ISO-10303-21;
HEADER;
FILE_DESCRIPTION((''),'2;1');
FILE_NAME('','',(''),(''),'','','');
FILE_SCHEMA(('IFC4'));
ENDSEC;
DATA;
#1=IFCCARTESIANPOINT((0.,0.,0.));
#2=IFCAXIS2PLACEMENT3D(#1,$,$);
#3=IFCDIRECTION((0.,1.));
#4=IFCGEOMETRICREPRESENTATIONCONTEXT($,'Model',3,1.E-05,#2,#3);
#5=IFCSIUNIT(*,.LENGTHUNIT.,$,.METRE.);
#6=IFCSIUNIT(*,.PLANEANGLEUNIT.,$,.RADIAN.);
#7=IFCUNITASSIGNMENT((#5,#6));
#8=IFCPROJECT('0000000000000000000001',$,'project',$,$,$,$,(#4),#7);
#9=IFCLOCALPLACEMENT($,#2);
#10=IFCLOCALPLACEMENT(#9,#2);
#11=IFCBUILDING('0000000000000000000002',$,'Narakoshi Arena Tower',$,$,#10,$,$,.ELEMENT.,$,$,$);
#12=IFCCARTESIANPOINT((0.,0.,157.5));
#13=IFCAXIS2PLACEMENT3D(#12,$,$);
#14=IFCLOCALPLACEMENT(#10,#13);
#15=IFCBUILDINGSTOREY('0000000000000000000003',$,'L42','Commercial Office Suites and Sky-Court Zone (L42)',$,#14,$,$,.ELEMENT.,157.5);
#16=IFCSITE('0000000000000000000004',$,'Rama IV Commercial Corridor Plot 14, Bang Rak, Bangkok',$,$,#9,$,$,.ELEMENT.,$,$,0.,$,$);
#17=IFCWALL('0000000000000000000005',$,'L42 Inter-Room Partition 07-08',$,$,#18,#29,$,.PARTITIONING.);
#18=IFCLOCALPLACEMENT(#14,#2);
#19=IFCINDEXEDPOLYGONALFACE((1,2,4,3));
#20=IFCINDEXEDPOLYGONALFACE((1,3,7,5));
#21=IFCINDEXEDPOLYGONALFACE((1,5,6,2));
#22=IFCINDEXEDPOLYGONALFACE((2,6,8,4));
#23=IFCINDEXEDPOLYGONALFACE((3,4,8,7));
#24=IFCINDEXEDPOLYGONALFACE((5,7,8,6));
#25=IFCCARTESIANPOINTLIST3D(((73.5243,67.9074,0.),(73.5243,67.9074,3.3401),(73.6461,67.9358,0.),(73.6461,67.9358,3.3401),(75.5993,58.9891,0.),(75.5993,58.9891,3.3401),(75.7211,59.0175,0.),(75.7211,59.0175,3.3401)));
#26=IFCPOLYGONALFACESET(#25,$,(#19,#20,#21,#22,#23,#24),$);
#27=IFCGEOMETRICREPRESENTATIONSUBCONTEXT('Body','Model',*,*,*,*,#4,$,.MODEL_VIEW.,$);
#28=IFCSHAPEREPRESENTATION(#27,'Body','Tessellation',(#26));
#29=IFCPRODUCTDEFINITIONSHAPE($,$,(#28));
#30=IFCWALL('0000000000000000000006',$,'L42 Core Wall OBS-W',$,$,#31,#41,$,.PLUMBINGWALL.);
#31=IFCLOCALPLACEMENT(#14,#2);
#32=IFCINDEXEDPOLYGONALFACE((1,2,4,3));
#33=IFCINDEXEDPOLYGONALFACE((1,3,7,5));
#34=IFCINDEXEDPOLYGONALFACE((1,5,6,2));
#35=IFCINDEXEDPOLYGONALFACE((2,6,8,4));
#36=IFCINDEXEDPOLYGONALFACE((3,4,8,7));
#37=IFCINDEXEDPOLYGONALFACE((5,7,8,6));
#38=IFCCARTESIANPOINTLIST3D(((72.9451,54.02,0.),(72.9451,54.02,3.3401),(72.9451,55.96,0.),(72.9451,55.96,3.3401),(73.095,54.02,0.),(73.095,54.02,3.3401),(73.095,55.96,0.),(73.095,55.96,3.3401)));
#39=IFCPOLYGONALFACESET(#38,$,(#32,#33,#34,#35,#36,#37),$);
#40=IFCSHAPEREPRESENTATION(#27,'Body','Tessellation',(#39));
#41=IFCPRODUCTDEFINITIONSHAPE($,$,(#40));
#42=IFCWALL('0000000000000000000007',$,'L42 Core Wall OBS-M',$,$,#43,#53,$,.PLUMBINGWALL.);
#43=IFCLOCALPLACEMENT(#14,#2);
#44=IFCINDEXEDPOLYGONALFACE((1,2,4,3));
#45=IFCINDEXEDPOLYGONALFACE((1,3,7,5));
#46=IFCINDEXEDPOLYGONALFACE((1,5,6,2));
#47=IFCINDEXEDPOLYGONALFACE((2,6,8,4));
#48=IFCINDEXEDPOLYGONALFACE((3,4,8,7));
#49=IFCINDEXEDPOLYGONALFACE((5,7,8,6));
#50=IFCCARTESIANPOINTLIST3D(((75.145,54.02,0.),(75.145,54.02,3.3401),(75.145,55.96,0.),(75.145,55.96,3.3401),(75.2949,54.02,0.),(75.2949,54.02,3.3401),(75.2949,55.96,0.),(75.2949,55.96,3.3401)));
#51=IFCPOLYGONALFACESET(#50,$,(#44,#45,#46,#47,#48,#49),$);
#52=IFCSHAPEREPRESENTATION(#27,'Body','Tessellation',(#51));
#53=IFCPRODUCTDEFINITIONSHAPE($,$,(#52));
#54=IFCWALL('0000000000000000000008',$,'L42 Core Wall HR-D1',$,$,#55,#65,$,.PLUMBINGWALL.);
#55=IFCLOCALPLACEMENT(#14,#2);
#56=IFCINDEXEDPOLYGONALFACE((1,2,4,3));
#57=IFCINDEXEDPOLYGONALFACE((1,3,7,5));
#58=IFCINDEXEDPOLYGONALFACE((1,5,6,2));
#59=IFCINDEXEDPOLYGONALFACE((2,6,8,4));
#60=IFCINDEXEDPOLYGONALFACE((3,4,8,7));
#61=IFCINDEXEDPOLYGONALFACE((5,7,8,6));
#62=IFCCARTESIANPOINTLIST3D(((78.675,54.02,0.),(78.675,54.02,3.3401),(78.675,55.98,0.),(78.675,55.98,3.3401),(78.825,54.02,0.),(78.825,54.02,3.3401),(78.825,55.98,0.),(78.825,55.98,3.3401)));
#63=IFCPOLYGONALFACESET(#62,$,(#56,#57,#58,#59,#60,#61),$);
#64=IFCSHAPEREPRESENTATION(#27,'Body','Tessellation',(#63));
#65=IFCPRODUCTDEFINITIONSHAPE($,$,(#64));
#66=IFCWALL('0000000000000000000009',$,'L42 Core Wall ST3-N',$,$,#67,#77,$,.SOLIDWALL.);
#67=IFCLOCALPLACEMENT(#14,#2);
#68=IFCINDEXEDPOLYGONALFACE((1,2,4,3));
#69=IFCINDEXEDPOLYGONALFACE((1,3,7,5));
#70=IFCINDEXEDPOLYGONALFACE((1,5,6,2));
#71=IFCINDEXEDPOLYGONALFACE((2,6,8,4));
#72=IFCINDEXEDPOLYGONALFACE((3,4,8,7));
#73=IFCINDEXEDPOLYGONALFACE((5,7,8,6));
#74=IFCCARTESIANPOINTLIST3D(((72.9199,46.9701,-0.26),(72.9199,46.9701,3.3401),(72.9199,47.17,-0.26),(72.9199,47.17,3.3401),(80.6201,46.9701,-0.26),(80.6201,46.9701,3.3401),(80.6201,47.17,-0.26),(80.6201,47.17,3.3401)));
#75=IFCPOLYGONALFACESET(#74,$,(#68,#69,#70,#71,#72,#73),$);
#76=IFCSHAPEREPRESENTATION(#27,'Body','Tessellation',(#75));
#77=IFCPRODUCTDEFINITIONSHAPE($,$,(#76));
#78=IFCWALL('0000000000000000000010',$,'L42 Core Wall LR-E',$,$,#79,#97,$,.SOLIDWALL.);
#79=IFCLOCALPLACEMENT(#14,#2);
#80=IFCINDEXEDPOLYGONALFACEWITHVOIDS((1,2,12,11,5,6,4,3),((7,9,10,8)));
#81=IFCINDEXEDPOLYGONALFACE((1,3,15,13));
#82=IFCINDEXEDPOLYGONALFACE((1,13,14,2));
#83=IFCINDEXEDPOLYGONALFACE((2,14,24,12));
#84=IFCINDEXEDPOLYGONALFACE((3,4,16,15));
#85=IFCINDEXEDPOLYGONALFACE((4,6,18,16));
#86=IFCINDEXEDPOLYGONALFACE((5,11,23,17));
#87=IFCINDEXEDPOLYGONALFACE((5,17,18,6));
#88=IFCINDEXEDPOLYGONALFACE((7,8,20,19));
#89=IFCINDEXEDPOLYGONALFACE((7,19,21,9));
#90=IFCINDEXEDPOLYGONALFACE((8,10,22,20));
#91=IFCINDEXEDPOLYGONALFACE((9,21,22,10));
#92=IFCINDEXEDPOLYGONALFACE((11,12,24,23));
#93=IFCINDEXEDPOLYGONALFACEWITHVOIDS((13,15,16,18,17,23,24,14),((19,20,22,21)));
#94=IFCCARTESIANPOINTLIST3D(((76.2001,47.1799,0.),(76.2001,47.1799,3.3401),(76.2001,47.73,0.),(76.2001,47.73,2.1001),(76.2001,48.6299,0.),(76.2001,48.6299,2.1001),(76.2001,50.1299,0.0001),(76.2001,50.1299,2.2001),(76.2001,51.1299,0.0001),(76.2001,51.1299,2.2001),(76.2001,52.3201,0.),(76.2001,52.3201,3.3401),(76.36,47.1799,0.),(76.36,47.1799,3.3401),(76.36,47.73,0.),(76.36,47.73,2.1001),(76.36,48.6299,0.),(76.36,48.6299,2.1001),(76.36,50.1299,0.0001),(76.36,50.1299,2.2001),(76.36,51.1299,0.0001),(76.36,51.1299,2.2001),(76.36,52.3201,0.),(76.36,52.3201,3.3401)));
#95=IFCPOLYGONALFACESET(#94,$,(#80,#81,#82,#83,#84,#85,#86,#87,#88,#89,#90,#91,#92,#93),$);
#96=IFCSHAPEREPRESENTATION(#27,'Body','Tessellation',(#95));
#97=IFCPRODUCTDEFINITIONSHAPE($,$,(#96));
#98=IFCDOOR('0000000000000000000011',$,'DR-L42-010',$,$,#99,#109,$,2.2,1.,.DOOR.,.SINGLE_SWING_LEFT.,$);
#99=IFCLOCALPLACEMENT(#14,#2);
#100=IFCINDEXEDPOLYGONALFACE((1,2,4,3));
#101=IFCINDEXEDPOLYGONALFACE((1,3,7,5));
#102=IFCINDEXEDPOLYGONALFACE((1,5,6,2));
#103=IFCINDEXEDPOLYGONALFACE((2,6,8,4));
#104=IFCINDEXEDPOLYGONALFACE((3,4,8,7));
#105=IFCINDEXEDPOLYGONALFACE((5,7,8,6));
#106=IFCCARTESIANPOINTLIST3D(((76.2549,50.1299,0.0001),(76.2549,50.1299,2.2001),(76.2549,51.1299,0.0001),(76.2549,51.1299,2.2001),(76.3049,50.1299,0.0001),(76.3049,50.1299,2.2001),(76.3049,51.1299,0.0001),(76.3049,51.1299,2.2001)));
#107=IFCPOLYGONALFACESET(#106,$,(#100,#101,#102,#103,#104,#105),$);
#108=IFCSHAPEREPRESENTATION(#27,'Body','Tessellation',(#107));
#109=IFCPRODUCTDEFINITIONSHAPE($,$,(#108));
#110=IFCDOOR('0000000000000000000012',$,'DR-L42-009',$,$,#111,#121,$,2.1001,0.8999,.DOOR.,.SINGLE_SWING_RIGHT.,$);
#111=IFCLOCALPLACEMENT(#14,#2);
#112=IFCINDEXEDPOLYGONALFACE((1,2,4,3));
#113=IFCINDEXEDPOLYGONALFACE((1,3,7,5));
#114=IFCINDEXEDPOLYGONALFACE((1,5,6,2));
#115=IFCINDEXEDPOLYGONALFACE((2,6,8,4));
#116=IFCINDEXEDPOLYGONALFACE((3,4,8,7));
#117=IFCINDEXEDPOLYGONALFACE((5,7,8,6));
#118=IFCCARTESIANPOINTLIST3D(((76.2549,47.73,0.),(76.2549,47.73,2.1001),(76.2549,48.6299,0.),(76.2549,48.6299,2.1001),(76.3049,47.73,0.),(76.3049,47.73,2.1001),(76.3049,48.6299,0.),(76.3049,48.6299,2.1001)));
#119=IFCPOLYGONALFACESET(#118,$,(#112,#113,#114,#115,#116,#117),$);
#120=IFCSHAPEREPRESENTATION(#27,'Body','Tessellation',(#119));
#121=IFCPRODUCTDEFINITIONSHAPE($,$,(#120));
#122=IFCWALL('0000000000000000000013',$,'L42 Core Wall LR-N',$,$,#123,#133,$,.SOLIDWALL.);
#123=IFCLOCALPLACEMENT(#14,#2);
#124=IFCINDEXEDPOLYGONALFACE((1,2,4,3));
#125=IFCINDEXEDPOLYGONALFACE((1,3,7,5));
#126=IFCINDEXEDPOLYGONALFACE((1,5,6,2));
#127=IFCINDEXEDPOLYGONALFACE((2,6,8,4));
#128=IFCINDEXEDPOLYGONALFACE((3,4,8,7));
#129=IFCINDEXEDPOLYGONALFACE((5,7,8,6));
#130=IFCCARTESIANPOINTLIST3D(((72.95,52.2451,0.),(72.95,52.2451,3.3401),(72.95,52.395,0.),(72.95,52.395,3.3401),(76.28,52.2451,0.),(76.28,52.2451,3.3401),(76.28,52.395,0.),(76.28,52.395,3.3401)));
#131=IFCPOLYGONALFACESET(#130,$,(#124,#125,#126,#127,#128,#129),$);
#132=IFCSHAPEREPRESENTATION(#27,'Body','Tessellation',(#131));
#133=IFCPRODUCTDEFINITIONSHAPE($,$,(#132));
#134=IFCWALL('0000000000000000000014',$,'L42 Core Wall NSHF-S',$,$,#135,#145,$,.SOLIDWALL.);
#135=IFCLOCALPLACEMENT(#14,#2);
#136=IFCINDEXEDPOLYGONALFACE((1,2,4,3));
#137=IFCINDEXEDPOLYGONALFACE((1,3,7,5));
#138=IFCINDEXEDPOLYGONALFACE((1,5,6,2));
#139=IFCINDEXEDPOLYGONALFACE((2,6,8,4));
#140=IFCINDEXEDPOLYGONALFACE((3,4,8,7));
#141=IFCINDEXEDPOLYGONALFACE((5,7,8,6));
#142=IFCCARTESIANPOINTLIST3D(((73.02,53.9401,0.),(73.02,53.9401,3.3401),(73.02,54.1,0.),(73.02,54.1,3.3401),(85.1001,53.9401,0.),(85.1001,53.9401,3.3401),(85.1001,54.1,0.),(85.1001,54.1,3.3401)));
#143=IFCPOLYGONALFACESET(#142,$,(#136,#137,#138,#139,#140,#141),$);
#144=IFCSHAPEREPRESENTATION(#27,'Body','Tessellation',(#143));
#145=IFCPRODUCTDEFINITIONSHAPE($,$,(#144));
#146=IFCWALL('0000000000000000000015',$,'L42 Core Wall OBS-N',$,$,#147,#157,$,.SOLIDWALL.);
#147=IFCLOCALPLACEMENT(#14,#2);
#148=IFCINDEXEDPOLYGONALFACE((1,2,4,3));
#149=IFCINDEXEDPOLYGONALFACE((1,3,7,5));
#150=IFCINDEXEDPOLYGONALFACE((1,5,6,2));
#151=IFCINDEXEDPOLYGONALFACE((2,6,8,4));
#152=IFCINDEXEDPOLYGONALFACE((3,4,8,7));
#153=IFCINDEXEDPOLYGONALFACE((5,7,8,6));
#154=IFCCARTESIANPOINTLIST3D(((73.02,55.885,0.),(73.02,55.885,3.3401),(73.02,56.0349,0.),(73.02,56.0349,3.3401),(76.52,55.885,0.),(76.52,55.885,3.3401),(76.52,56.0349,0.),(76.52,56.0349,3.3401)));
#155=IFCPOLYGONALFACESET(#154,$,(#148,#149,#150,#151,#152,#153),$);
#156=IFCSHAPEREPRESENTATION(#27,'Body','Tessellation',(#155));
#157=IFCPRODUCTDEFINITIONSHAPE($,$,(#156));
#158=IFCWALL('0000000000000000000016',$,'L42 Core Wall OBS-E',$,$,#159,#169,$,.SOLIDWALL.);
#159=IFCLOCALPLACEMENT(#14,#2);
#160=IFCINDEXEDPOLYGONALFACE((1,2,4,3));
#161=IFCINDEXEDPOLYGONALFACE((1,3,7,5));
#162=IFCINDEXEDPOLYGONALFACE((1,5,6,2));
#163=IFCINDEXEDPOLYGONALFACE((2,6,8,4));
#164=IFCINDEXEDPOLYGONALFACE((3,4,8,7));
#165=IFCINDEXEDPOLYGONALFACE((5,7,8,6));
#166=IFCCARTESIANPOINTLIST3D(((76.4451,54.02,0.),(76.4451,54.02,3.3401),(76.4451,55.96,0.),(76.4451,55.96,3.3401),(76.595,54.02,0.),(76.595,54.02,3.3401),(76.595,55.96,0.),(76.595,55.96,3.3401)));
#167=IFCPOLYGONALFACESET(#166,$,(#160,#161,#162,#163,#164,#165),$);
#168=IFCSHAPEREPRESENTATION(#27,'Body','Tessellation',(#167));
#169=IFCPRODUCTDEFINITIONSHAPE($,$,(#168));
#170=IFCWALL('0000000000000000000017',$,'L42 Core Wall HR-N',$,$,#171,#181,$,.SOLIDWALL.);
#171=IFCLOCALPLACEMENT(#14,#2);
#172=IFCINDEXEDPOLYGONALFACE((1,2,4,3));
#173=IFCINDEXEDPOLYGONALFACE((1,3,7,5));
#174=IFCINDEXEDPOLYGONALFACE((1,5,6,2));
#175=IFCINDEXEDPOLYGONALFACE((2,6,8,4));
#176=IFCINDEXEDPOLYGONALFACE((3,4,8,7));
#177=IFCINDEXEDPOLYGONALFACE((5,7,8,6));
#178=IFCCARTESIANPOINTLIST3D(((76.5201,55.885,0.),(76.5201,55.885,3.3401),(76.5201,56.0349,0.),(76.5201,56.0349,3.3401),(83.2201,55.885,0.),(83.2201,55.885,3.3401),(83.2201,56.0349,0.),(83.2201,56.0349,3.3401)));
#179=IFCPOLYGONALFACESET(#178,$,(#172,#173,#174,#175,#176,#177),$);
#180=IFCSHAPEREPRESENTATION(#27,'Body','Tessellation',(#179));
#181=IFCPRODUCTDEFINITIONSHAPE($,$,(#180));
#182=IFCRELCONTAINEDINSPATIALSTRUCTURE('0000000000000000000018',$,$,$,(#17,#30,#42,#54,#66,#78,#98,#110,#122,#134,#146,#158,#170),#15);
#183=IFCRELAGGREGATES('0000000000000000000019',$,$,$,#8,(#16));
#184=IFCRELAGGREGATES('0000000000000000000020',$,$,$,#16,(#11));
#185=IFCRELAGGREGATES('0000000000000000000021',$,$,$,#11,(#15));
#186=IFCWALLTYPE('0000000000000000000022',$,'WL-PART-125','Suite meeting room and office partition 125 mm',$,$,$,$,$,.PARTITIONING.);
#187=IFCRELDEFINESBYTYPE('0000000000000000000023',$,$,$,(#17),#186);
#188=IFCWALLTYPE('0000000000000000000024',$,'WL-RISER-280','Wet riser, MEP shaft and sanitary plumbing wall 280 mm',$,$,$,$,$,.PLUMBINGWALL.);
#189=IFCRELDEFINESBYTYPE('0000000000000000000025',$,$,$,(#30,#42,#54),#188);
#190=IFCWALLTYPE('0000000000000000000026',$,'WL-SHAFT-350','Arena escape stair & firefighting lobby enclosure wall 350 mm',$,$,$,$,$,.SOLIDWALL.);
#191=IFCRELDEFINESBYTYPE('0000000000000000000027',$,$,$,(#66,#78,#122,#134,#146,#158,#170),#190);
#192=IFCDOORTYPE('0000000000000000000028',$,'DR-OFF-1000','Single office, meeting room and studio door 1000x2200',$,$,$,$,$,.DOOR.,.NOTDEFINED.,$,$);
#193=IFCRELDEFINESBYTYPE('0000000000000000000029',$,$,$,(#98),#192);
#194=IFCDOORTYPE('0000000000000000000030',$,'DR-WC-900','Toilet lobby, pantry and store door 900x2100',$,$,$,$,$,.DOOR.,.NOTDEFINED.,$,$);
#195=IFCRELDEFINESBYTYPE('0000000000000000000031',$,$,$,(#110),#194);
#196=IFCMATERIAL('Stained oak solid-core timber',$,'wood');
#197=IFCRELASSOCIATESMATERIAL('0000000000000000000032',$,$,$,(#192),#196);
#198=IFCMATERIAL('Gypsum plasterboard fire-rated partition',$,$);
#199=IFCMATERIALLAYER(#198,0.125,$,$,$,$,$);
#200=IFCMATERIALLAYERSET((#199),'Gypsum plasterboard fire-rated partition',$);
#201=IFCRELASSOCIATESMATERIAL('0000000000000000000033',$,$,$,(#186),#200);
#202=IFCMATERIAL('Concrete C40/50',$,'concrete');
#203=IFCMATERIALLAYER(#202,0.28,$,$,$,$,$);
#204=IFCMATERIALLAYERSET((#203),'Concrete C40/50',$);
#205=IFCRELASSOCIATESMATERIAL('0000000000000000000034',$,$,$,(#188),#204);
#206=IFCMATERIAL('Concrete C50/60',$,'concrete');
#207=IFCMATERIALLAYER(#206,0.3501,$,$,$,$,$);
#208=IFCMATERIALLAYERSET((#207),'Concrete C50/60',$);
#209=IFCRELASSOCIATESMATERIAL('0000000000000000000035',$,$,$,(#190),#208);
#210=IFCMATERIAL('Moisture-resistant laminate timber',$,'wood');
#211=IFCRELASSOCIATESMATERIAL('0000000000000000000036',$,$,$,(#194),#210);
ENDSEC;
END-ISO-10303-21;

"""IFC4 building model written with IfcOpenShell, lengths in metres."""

from ifc_helpers import new_model, si_unit, direction, frame, frame_2d, origin, place, context, subcontext, project, spatial, rectangle, extrude, material, layer, layer_set, type_object, element, fill, save


model = new_model("IFC4")

# Units and contexts
model_context = context("Model", 3, precision=1e-05, world=origin(), true_north=direction((0.0, 1.0)))
body_context = subcontext(model_context, "Body", "Model", "MODEL_VIEW")
ifc_project = project(units=[si_unit("LENGTHUNIT", "METRE"), si_unit("PLANEANGLEUNIT", "RADIAN")], contexts=[model_context])

# Site, building, storey
site_placement = place(None, origin())
site = spatial("IfcSite", under=ifc_project, at=site_placement, Name="Rama IV Commercial Corridor Plot 14, Bang Rak, Bangkok", CompositionType="ELEMENT", RefElevation=0.0)
building_placement = place(site_placement, origin())
building = spatial("IfcBuilding", under=site, at=building_placement, Name="Narakoshi Arena Tower", CompositionType="ELEMENT")
storey_placement = place(building_placement, frame((0.0, 0.0, 157.5)))
storey = spatial("IfcBuildingStorey", under=building, at=storey_placement, Name="L42", Description="Commercial Office Suites and Sky-Court Zone (L42)", CompositionType="ELEMENT", Elevation=157.5)

# Shared definitions
ifc_material_1 = material(Name="Gypsum plasterboard fire-rated partition")
ifc_material_2 = material(Name="Stained oak solid-core timber", Category="wood")
door_type_1 = type_object("IfcDoorType", Name="DR-OFF-1000", Description="Single office, meeting room and studio door 1000x2200", OperationType="NOTDEFINED", PredefinedType="DOOR", material=ifc_material_2)

# Walls
ifc_layer_1 = layer(ifc_material_1, 0.125)
ifc_layer_set_1 = layer_set([ifc_layer_1], Name="Gypsum plasterboard fire-rated partition")
wall_type_1 = type_object("IfcWallType", Name="WL-PART-125", Description="Suite meeting room and office partition 125 mm", PredefinedType="PARTITIONING", material=ifc_layer_set_1)
wall_1_placement = place(storey_placement, frame((75.6602, 59.0034, 0.0), z_axis=(0.0, 0.0, 1.0), x_axis=(-0.226612, 0.973985, 0.0)))
element("IfcWall", 1, at=wall_1_placement, inside=storey, type_object=wall_type_1, Name="L42 Inter-Room Partition 07-08", PredefinedType="PARTITIONING", context=body_context, shape_type="SweptSolid", body=[
    extrude(rectangle(XDim=9.1565, YDim=0.125, at=frame_2d((4.5781, 0.0))), origin(), (0.0, 0.0, 1.0), 3.3401),
])
ifc_material_3 = material(Name="Concrete C40/50", Category="concrete")
ifc_layer_2 = layer(ifc_material_3, 0.28)
ifc_layer_set_2 = layer_set([ifc_layer_2], Name="Concrete C40/50")
wall_type_2 = type_object("IfcWallType", Name="WL-RISER-280", Description="Wet riser, MEP shaft and sanitary plumbing wall 280 mm", PredefinedType="PLUMBINGWALL", material=ifc_layer_set_2)
for number, where, z_axis, x_axis, name in (
    (2, (73.02, 54.02, 0.0), (0.0, 0.0, 1.0), (0.0, 1.0, 0.0), "L42 Core Wall OBS-W"),
    (3, (75.22, 54.02, 0.0), (0.0, 0.0, 1.0), (0.0, 1.0, 0.0), "L42 Core Wall OBS-M"),
):
    element("IfcWall", number, at=place(storey_placement, frame(where, z_axis=z_axis, x_axis=x_axis)), inside=storey, type_object=wall_type_2, Name=name, PredefinedType="PLUMBINGWALL", context=body_context, shape_type="SweptSolid", body=[
        extrude(rectangle(XDim=1.9399, YDim=0.1499, at=frame_2d((0.97, 0.0))), origin(), (0.0, 0.0, 1.0), 3.3401),
    ])
wall_2_placement = place(storey_placement, frame((78.75, 54.02, 0.0), z_axis=(0.0, 0.0, 1.0), x_axis=(0.0, 1.0, 0.0)))
element("IfcWall", 4, at=wall_2_placement, inside=storey, type_object=wall_type_2, Name="L42 Core Wall HR-D1", PredefinedType="PLUMBINGWALL", context=body_context, shape_type="SweptSolid", body=[
    extrude(rectangle(XDim=1.96, YDim=0.1499, at=frame_2d((0.98, 0.0))), origin(), (0.0, 0.0, 1.0), 3.3401),
])
ifc_material_4 = material(Name="Concrete C50/60", Category="concrete")
ifc_layer_3 = layer(ifc_material_4, 0.3501)
ifc_layer_set_3 = layer_set([ifc_layer_3], Name="Concrete C50/60")
wall_type_3 = type_object("IfcWallType", Name="WL-SHAFT-350", Description="Arena escape stair & firefighting lobby enclosure wall 350 mm", PredefinedType="SOLIDWALL", material=ifc_layer_set_3)
wall_3_placement = place(storey_placement, frame((72.9199, 47.0701, -0.26), z_axis=(0.0, 0.0, 1.0), x_axis=(1.0, 0.0, 0.0)))
element("IfcWall", 5, at=wall_3_placement, inside=storey, type_object=wall_type_3, Name="L42 Core Wall ST3-N", PredefinedType="SOLIDWALL", context=body_context, shape_type="SweptSolid", body=[
    extrude(rectangle(XDim=7.7002, YDim=0.2, at=frame_2d((3.8501, 0.0))), origin(), (0.0, 0.0, 1.0), 3.6001),
])

# Wall, openings, doors
wall_4_placement = place(storey_placement, frame((76.28, 47.1799, 0.0), z_axis=(0.0, 0.0, 1.0), x_axis=(0.0, 1.0, 0.0)))
wall_4 = element("IfcWall", 6, at=wall_4_placement, inside=storey, type_object=wall_type_3, Name="L42 Core Wall LR-E", PredefinedType="SOLIDWALL", context=body_context, shape_type="SweptSolid", body=[
    extrude(rectangle(XDim=5.1401, YDim=0.1599, at=frame_2d((2.5701, 0.0))), origin(), (0.0, 0.0, 1.0), 3.3401),
])
opening_1_placement = place(wall_4_placement, frame((0.55, 0.0, 0.0)))
opening_1 = element("IfcOpeningElement", 7, at=opening_1_placement, cuts=wall_4, PredefinedType="OPENING", context=body_context, shape_type="SweptSolid", body=[
    extrude(rectangle(XDim=0.8999, YDim=2.1001, at=frame_2d((0.45, 1.05))), frame((0.0, 0.0898, 0.0), z_axis=(0.0, -1.0, 0.0), x_axis=(1.0, 0.0, 0.0)), (0.0, 0.0, 1.0), 0.1799),
])
opening_2_placement = place(wall_4_placement, frame((2.95, 0.0, 0.0)))
opening_2 = element("IfcOpeningElement", 8, at=opening_2_placement, cuts=wall_4, PredefinedType="OPENING", context=body_context, shape_type="SweptSolid", body=[
    extrude(rectangle(XDim=1.0, YDim=2.2, at=frame_2d((0.5, 1.1001))), frame((0.0, 0.0898, 0.0), z_axis=(0.0, -1.0, 0.0), x_axis=(1.0, 0.0, 0.0)), (0.0, 0.0, 1.0), 0.1799),
])
door_1_placement = place(opening_2_placement, frame((1.0, 0.0, 0.0), z_axis=(0.0, 0.0, 1.0), x_axis=(-1.0, 0.0, 0.0)))
door_1 = element("IfcDoor", 9, at=door_1_placement, inside=storey, type_object=door_type_1, Name="DR-L42-010", OperationType="SINGLE_SWING_LEFT", OverallHeight=2.2, OverallWidth=1.0, PredefinedType="DOOR", context=body_context, shape_type="SweptSolid", body=[
    extrude(rectangle(XDim=1.0, YDim=2.2, at=frame_2d((0.5, 1.1001))), frame((0.0, 0.0249, 0.0), z_axis=(0.0, -1.0, 0.0), x_axis=(1.0, 0.0, 0.0)), (0.0, 0.0, 1.0), 0.05),
])
fill(opening_2, door_1)
ifc_material_5 = material(Name="Moisture-resistant laminate timber", Category="wood")
door_type_2 = type_object("IfcDoorType", Name="DR-WC-900", Description="Toilet lobby, pantry and store door 900x2100", OperationType="NOTDEFINED", PredefinedType="DOOR", material=ifc_material_5)
door_2_placement = place(opening_1_placement, frame((0.8999, 0.0, 0.0), z_axis=(0.0, 0.0, 1.0), x_axis=(-1.0, 0.0, 0.0)))
door_2 = element("IfcDoor", 10, at=door_2_placement, inside=storey, type_object=door_type_2, Name="DR-L42-009", OperationType="SINGLE_SWING_RIGHT", OverallHeight=2.1001, OverallWidth=0.8999, PredefinedType="DOOR", context=body_context, shape_type="SweptSolid", body=[
    extrude(rectangle(XDim=0.8999, YDim=2.1001, at=frame_2d((0.45, 1.05))), frame((0.0, 0.0249, 0.0), z_axis=(0.0, -1.0, 0.0), x_axis=(1.0, 0.0, 0.0)), (0.0, 0.0, 1.0), 0.05),
])
fill(opening_1, door_2)

# Walls
wall_5_placement = place(storey_placement, frame((72.95, 52.3201, 0.0), z_axis=(0.0, 0.0, 1.0), x_axis=(1.0, 0.0, 0.0)))
element("IfcWall", 11, at=wall_5_placement, inside=storey, type_object=wall_type_3, Name="L42 Core Wall LR-N", PredefinedType="SOLIDWALL", context=body_context, shape_type="SweptSolid", body=[
    extrude(rectangle(XDim=3.3301, YDim=0.1499, at=frame_2d((1.665, 0.0))), origin(), (0.0, 0.0, 1.0), 3.3401),
])
wall_6_placement = place(storey_placement, frame((73.02, 54.02, 0.0), z_axis=(0.0, 0.0, 1.0), x_axis=(1.0, 0.0, 0.0)))
element("IfcWall", 12, at=wall_6_placement, inside=storey, type_object=wall_type_3, Name="L42 Core Wall NSHF-S", PredefinedType="SOLIDWALL", context=body_context, shape_type="SweptSolid", body=[
    extrude(rectangle(XDim=12.0801, YDim=0.1599, at=frame_2d((6.04, 0.0))), origin(), (0.0, 0.0, 1.0), 3.3401),
])
wall_7_placement = place(storey_placement, frame((73.02, 55.96, 0.0), z_axis=(0.0, 0.0, 1.0), x_axis=(1.0, 0.0, 0.0)))
element("IfcWall", 13, at=wall_7_placement, inside=storey, type_object=wall_type_3, Name="L42 Core Wall OBS-N", PredefinedType="SOLIDWALL", context=body_context, shape_type="SweptSolid", body=[
    extrude(rectangle(XDim=3.5, YDim=0.1499, at=frame_2d((1.75, 0.0))), origin(), (0.0, 0.0, 1.0), 3.3401),
])
wall_8_placement = place(storey_placement, frame((76.52, 54.02, 0.0), z_axis=(0.0, 0.0, 1.0), x_axis=(0.0, 1.0, 0.0)))
element("IfcWall", 14, at=wall_8_placement, inside=storey, type_object=wall_type_3, Name="L42 Core Wall OBS-E", PredefinedType="SOLIDWALL", context=body_context, shape_type="SweptSolid", body=[
    extrude(rectangle(XDim=1.9399, YDim=0.1499, at=frame_2d((0.97, 0.0))), origin(), (0.0, 0.0, 1.0), 3.3401),
])
wall_9_placement = place(storey_placement, frame((76.52, 55.96, 0.0), z_axis=(0.0, 0.0, 1.0), x_axis=(1.0, 0.0, 0.0)))
element("IfcWall", 15, at=wall_9_placement, inside=storey, type_object=wall_type_3, Name="L42 Core Wall HR-N", PredefinedType="SOLIDWALL", context=body_context, shape_type="SweptSolid", body=[
    extrude(rectangle(XDim=6.7, YDim=0.1499, at=frame_2d((3.3501, 0.0))), origin(), (0.0, 0.0, 1.0), 3.3401),
])

save(model, "model.ifc")
